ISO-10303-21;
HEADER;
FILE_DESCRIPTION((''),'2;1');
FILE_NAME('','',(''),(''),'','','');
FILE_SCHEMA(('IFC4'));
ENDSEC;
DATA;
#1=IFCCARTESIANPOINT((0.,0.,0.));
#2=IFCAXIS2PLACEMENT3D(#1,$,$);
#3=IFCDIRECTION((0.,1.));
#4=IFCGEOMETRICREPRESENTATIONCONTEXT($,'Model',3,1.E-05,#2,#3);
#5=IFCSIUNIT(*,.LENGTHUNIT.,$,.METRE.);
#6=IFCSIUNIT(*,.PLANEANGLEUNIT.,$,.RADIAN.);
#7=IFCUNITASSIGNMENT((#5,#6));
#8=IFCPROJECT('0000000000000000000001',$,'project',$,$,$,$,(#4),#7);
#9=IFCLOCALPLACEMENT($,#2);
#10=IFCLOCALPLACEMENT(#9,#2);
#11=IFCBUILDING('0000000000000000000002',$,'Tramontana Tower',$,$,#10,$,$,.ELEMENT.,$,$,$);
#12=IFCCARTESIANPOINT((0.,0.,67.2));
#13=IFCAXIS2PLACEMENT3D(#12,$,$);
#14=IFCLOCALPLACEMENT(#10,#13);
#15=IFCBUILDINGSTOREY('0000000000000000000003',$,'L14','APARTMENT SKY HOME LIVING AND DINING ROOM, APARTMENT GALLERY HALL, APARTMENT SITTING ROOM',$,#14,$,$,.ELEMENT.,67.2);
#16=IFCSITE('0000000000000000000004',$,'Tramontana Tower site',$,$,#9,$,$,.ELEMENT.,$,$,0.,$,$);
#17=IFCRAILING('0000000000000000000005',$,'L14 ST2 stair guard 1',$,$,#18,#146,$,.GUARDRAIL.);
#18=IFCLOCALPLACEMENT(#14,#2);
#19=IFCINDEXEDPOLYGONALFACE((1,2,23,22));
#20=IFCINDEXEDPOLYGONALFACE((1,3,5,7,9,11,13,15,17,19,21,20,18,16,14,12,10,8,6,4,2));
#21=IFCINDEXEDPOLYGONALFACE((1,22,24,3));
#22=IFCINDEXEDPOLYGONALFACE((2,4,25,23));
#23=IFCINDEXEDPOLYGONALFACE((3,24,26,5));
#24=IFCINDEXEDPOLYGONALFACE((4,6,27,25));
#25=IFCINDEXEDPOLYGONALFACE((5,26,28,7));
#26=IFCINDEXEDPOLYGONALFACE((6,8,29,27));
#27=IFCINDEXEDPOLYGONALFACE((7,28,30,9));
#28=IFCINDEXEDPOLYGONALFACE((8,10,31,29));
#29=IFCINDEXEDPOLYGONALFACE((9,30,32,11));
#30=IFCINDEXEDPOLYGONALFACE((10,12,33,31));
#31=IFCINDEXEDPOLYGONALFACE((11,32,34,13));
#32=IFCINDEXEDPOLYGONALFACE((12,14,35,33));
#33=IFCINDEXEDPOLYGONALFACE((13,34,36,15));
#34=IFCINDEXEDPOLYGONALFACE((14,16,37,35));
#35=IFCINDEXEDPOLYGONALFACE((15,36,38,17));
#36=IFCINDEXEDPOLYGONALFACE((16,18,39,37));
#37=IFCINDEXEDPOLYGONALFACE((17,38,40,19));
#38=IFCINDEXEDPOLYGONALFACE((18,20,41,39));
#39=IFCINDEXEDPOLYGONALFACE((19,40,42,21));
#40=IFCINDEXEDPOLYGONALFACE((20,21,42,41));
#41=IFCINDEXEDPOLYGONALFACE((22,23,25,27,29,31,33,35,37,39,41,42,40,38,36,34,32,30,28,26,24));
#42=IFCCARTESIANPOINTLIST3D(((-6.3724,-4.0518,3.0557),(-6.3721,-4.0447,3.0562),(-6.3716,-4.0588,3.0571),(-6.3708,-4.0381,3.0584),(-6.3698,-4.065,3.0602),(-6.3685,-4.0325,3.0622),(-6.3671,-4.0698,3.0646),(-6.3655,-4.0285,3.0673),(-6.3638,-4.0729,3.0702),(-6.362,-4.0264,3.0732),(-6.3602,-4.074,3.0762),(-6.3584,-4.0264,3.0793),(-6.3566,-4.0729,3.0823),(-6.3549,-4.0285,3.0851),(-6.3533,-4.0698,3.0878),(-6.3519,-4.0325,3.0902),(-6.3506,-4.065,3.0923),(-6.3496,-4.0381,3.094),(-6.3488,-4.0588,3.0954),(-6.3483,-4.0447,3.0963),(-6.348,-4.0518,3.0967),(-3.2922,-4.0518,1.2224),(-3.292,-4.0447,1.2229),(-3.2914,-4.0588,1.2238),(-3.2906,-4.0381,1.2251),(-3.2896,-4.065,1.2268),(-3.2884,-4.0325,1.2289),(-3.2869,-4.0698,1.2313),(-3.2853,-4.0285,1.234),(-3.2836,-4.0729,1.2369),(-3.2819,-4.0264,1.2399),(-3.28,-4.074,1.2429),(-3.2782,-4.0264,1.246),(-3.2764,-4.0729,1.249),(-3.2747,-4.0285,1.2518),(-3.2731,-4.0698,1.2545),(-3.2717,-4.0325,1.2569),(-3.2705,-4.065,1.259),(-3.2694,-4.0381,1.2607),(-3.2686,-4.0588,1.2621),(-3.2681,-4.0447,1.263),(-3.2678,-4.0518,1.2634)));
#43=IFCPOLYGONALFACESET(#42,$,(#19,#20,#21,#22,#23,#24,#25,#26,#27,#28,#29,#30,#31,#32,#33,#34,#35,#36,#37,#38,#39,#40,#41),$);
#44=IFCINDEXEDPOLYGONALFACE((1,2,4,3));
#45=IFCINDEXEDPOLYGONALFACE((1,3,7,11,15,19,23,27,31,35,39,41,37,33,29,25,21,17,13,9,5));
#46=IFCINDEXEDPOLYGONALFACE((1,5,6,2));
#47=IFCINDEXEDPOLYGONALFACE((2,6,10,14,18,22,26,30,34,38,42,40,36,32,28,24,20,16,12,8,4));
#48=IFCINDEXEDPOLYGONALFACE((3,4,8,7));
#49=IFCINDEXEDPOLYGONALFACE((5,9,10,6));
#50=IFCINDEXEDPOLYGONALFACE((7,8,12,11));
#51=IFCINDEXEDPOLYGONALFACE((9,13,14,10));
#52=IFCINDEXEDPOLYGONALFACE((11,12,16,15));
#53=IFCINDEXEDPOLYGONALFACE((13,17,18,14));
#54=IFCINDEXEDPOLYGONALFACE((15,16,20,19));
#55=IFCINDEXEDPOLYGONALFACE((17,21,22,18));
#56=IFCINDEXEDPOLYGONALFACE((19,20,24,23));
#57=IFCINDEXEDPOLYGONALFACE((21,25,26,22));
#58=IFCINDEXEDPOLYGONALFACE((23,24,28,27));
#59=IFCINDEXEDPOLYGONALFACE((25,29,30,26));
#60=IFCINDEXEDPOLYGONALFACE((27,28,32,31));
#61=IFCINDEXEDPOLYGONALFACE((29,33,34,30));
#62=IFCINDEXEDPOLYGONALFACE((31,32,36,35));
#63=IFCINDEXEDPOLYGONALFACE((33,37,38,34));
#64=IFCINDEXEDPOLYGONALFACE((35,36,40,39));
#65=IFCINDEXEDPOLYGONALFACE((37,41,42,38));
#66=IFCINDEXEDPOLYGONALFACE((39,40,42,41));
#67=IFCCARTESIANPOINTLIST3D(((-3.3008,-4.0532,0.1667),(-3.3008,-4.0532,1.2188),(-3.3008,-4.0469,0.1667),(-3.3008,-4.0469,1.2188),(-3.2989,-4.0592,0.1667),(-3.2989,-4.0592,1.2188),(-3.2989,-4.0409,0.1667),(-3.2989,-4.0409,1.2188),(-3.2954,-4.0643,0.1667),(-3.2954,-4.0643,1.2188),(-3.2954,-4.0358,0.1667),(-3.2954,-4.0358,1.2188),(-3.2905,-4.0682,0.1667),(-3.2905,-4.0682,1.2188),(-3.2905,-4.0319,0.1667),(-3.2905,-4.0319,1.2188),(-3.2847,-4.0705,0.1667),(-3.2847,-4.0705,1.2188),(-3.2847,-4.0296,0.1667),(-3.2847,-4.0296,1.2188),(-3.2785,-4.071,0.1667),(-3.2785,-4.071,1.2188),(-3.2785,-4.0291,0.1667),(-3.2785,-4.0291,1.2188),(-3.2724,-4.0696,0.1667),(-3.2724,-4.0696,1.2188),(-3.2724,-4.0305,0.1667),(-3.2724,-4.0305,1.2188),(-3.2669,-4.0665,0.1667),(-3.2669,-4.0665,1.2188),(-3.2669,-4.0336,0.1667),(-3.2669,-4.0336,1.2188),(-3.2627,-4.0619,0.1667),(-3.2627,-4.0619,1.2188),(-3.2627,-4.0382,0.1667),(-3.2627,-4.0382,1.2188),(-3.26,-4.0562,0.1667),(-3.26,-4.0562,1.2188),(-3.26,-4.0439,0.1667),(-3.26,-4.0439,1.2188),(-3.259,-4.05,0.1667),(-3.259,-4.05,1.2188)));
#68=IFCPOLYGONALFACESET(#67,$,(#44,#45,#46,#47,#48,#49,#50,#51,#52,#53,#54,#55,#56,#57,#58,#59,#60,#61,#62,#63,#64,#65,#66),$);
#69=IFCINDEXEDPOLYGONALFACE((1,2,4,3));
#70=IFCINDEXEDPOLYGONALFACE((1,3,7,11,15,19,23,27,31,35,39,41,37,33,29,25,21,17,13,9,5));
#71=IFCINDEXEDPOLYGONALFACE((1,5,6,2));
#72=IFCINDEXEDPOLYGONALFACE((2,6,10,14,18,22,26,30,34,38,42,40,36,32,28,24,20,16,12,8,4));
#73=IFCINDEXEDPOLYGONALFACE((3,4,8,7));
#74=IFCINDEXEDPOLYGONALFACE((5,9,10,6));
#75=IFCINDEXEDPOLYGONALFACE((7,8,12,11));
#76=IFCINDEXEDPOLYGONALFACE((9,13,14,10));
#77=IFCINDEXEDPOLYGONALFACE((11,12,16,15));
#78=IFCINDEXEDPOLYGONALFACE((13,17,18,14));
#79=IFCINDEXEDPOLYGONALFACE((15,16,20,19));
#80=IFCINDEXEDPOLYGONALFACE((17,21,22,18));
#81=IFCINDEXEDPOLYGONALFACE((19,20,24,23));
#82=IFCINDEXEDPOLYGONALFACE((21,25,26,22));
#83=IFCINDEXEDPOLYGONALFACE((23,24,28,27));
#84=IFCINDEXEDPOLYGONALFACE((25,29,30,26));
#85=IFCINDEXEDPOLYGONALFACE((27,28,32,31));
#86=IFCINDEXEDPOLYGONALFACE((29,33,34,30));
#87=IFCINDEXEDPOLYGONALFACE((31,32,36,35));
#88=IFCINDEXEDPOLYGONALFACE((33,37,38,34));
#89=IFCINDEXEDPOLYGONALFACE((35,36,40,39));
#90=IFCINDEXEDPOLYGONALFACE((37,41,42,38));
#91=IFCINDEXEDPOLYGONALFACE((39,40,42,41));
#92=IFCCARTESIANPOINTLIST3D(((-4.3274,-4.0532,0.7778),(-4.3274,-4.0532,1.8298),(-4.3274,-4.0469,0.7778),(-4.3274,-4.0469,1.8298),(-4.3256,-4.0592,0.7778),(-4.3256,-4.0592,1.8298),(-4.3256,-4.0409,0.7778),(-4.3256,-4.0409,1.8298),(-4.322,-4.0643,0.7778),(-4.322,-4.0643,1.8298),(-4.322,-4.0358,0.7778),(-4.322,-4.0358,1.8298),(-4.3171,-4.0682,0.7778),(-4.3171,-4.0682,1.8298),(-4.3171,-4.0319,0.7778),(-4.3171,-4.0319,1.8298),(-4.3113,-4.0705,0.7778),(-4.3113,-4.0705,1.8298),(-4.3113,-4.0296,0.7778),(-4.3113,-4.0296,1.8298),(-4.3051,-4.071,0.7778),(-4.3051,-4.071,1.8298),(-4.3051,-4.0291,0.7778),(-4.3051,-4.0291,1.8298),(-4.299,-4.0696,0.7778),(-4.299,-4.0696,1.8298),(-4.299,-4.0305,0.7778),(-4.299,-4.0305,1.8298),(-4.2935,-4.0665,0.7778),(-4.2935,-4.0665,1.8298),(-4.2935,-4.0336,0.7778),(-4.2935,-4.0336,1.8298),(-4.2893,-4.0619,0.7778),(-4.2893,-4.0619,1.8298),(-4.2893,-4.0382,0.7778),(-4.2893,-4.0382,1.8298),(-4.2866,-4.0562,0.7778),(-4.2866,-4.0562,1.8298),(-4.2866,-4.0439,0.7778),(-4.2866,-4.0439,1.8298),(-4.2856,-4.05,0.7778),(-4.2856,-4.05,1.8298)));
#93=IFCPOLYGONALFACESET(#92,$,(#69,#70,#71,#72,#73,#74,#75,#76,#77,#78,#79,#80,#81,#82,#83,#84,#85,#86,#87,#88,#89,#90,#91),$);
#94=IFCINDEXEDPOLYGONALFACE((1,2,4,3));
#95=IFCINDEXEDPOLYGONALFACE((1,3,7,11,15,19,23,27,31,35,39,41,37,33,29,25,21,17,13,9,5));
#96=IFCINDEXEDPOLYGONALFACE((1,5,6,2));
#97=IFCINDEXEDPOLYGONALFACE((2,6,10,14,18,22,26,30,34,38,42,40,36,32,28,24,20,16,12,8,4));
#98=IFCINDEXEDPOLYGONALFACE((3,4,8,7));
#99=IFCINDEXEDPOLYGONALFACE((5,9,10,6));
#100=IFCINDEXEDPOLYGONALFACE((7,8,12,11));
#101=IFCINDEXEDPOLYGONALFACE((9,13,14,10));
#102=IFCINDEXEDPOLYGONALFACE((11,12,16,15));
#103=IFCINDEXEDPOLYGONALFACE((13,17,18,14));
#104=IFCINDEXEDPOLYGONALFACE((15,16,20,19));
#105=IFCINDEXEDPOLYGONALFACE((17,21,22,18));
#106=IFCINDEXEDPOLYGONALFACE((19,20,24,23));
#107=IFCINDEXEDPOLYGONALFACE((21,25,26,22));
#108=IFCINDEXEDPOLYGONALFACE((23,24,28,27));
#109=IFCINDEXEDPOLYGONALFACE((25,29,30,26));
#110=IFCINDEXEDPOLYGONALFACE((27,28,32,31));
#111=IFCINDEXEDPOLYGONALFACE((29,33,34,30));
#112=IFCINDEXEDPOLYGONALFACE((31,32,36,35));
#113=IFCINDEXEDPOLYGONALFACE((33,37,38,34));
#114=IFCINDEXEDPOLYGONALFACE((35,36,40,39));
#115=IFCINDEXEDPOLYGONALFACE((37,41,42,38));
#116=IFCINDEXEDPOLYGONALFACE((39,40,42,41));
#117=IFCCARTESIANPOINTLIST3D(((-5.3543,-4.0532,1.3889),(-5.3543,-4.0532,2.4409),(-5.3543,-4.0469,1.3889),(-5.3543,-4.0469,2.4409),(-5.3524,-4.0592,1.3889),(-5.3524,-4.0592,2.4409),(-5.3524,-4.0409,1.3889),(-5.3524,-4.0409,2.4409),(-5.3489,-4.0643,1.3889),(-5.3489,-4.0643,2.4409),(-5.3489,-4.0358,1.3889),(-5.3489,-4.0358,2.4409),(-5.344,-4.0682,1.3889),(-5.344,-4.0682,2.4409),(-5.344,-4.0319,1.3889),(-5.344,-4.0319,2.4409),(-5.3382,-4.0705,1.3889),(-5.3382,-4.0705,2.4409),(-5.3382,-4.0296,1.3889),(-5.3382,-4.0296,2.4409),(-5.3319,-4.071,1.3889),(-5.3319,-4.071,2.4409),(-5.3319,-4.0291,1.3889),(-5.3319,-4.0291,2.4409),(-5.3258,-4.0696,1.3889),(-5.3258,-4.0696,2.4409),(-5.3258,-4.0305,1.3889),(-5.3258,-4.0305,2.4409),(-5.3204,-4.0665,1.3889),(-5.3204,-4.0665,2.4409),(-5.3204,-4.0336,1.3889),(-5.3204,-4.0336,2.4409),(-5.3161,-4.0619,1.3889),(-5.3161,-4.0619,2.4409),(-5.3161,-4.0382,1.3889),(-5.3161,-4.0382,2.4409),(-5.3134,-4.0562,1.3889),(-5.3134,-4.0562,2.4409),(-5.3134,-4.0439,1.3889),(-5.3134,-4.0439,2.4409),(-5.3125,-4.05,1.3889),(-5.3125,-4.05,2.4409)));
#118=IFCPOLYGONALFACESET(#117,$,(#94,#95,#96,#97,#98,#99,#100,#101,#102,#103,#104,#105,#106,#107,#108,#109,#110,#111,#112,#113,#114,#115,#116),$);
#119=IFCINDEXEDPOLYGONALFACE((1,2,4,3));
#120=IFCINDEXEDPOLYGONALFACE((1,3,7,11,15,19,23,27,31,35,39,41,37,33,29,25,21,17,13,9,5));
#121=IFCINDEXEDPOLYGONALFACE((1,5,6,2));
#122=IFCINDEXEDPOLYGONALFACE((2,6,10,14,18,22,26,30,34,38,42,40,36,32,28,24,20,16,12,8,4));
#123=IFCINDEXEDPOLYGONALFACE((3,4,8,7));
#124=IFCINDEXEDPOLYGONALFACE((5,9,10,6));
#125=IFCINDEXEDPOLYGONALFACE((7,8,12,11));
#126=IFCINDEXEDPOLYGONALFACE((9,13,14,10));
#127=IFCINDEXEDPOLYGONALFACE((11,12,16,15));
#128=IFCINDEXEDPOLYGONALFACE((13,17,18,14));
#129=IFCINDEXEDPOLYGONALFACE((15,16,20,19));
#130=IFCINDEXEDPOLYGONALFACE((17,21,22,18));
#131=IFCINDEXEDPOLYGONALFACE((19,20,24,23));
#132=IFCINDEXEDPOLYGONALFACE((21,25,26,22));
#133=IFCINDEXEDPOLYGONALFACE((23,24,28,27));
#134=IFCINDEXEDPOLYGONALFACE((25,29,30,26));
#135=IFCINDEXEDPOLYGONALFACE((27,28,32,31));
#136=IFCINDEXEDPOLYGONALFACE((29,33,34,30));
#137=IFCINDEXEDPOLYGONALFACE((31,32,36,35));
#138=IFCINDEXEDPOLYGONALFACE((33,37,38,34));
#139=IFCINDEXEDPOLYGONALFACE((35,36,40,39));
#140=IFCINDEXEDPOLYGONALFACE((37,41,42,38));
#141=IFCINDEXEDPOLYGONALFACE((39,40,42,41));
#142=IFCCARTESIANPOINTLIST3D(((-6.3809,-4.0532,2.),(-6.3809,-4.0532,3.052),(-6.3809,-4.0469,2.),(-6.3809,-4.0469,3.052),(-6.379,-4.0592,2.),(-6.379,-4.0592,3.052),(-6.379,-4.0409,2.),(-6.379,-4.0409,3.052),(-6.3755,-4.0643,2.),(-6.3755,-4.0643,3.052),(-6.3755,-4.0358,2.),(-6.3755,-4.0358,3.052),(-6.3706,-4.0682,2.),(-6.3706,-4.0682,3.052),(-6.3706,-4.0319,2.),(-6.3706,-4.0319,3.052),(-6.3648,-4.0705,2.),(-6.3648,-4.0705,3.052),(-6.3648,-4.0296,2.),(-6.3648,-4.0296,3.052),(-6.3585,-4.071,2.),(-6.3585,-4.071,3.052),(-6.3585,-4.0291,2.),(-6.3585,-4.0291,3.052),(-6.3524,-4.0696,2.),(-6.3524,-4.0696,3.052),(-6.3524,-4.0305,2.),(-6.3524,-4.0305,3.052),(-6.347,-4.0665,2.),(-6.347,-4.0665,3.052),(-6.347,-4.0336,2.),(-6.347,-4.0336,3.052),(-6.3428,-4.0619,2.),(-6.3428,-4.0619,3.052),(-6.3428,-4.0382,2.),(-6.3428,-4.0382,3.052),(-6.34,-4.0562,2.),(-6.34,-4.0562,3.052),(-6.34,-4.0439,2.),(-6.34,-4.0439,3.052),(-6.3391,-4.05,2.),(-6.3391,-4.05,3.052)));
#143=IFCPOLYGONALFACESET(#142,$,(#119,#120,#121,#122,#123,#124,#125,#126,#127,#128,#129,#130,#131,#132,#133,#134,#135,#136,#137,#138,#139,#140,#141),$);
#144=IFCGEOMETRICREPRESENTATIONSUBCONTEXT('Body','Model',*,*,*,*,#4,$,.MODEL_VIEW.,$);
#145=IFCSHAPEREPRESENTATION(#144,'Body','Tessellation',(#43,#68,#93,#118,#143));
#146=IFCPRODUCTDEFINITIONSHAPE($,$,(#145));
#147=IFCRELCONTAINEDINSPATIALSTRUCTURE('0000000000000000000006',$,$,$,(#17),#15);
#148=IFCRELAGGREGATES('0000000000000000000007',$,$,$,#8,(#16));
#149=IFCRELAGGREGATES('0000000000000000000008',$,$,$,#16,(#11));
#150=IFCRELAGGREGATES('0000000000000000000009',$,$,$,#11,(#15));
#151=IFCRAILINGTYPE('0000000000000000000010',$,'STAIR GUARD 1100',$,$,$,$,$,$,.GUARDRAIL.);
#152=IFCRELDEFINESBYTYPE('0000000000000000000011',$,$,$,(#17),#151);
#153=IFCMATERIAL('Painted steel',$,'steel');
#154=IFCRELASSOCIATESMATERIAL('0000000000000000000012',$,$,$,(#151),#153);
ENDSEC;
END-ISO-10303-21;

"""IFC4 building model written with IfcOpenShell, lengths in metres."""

from ifc_helpers import new_model, si_unit, direction, frame, origin, origin_2d, place, context, subcontext, project, spatial, circle, extrude, material, type_object, element, save


model = new_model("IFC4")

# Units and contexts
model_context = context("Model", 3, precision=1e-05, world=origin(), true_north=direction((0.0, 1.0)))
body_context = subcontext(model_context, "Body", "Model", "MODEL_VIEW")
ifc_project = project(units=[si_unit("LENGTHUNIT", "METRE"), si_unit("PLANEANGLEUNIT", "RADIAN")], contexts=[model_context])

# Site, building, storey
site_placement = place(None, origin())
site = spatial("IfcSite", under=ifc_project, at=site_placement, Name="Tramontana Tower site", CompositionType="ELEMENT", RefElevation=0.0)
building_placement = place(site_placement, origin())
building = spatial("IfcBuilding", under=site, at=building_placement, Name="Tramontana Tower", CompositionType="ELEMENT")
storey_placement = place(building_placement, frame((0.0, 0.0, 67.2)))
storey = spatial("IfcBuildingStorey", under=building, at=storey_placement, Name="L14", Description="APARTMENT SKY HOME LIVING AND DINING ROOM, APARTMENT GALLERY HALL, APARTMENT SITTING ROOM", CompositionType="ELEMENT", Elevation=67.2)

# Railing
ifc_material_1 = material(Name="Painted steel", Category="steel")
railing_type_1 = type_object("IfcRailingType", Name="STAIR GUARD 1100", PredefinedType="GUARDRAIL", material=ifc_material_1)
railing_1_placement = place(storey_placement, frame((-3.28, -4.05, 0.1667)))
element("IfcRailing", 1, at=railing_1_placement, inside=storey, type_object=railing_type_1, Name="L14 ST2 stair guard 1", PredefinedType="GUARDRAIL", context=body_context, shape_type="SweptSolid", body=[
    extrude(circle(Radius=0.0239, at=origin_2d()), frame((0.0, 0.0, 1.0762), z_axis=(-0.859309, 0.0, 0.511458), x_axis=(0.0, -1.0, 0.0)), (0.0, 0.0, 1.0), 3.5845),
    extrude(circle(Radius=0.021, at=origin_2d()), origin(), (0.0, 0.0, 1.0), 1.052),
    extrude(circle(Radius=0.021, at=origin_2d()), frame((-1.0266, 0.0, 0.6111)), (0.0, 0.0, 1.0), 1.052),
    extrude(circle(Radius=0.021, at=origin_2d()), frame((-2.0535, 0.0, 1.2222)), (0.0, 0.0, 1.0), 1.052),
    extrude(circle(Radius=0.021, at=origin_2d()), frame((-3.0801, 0.0, 1.8333)), (0.0, 0.0, 1.0), 1.052),
])

save(model, "model.ifc")
